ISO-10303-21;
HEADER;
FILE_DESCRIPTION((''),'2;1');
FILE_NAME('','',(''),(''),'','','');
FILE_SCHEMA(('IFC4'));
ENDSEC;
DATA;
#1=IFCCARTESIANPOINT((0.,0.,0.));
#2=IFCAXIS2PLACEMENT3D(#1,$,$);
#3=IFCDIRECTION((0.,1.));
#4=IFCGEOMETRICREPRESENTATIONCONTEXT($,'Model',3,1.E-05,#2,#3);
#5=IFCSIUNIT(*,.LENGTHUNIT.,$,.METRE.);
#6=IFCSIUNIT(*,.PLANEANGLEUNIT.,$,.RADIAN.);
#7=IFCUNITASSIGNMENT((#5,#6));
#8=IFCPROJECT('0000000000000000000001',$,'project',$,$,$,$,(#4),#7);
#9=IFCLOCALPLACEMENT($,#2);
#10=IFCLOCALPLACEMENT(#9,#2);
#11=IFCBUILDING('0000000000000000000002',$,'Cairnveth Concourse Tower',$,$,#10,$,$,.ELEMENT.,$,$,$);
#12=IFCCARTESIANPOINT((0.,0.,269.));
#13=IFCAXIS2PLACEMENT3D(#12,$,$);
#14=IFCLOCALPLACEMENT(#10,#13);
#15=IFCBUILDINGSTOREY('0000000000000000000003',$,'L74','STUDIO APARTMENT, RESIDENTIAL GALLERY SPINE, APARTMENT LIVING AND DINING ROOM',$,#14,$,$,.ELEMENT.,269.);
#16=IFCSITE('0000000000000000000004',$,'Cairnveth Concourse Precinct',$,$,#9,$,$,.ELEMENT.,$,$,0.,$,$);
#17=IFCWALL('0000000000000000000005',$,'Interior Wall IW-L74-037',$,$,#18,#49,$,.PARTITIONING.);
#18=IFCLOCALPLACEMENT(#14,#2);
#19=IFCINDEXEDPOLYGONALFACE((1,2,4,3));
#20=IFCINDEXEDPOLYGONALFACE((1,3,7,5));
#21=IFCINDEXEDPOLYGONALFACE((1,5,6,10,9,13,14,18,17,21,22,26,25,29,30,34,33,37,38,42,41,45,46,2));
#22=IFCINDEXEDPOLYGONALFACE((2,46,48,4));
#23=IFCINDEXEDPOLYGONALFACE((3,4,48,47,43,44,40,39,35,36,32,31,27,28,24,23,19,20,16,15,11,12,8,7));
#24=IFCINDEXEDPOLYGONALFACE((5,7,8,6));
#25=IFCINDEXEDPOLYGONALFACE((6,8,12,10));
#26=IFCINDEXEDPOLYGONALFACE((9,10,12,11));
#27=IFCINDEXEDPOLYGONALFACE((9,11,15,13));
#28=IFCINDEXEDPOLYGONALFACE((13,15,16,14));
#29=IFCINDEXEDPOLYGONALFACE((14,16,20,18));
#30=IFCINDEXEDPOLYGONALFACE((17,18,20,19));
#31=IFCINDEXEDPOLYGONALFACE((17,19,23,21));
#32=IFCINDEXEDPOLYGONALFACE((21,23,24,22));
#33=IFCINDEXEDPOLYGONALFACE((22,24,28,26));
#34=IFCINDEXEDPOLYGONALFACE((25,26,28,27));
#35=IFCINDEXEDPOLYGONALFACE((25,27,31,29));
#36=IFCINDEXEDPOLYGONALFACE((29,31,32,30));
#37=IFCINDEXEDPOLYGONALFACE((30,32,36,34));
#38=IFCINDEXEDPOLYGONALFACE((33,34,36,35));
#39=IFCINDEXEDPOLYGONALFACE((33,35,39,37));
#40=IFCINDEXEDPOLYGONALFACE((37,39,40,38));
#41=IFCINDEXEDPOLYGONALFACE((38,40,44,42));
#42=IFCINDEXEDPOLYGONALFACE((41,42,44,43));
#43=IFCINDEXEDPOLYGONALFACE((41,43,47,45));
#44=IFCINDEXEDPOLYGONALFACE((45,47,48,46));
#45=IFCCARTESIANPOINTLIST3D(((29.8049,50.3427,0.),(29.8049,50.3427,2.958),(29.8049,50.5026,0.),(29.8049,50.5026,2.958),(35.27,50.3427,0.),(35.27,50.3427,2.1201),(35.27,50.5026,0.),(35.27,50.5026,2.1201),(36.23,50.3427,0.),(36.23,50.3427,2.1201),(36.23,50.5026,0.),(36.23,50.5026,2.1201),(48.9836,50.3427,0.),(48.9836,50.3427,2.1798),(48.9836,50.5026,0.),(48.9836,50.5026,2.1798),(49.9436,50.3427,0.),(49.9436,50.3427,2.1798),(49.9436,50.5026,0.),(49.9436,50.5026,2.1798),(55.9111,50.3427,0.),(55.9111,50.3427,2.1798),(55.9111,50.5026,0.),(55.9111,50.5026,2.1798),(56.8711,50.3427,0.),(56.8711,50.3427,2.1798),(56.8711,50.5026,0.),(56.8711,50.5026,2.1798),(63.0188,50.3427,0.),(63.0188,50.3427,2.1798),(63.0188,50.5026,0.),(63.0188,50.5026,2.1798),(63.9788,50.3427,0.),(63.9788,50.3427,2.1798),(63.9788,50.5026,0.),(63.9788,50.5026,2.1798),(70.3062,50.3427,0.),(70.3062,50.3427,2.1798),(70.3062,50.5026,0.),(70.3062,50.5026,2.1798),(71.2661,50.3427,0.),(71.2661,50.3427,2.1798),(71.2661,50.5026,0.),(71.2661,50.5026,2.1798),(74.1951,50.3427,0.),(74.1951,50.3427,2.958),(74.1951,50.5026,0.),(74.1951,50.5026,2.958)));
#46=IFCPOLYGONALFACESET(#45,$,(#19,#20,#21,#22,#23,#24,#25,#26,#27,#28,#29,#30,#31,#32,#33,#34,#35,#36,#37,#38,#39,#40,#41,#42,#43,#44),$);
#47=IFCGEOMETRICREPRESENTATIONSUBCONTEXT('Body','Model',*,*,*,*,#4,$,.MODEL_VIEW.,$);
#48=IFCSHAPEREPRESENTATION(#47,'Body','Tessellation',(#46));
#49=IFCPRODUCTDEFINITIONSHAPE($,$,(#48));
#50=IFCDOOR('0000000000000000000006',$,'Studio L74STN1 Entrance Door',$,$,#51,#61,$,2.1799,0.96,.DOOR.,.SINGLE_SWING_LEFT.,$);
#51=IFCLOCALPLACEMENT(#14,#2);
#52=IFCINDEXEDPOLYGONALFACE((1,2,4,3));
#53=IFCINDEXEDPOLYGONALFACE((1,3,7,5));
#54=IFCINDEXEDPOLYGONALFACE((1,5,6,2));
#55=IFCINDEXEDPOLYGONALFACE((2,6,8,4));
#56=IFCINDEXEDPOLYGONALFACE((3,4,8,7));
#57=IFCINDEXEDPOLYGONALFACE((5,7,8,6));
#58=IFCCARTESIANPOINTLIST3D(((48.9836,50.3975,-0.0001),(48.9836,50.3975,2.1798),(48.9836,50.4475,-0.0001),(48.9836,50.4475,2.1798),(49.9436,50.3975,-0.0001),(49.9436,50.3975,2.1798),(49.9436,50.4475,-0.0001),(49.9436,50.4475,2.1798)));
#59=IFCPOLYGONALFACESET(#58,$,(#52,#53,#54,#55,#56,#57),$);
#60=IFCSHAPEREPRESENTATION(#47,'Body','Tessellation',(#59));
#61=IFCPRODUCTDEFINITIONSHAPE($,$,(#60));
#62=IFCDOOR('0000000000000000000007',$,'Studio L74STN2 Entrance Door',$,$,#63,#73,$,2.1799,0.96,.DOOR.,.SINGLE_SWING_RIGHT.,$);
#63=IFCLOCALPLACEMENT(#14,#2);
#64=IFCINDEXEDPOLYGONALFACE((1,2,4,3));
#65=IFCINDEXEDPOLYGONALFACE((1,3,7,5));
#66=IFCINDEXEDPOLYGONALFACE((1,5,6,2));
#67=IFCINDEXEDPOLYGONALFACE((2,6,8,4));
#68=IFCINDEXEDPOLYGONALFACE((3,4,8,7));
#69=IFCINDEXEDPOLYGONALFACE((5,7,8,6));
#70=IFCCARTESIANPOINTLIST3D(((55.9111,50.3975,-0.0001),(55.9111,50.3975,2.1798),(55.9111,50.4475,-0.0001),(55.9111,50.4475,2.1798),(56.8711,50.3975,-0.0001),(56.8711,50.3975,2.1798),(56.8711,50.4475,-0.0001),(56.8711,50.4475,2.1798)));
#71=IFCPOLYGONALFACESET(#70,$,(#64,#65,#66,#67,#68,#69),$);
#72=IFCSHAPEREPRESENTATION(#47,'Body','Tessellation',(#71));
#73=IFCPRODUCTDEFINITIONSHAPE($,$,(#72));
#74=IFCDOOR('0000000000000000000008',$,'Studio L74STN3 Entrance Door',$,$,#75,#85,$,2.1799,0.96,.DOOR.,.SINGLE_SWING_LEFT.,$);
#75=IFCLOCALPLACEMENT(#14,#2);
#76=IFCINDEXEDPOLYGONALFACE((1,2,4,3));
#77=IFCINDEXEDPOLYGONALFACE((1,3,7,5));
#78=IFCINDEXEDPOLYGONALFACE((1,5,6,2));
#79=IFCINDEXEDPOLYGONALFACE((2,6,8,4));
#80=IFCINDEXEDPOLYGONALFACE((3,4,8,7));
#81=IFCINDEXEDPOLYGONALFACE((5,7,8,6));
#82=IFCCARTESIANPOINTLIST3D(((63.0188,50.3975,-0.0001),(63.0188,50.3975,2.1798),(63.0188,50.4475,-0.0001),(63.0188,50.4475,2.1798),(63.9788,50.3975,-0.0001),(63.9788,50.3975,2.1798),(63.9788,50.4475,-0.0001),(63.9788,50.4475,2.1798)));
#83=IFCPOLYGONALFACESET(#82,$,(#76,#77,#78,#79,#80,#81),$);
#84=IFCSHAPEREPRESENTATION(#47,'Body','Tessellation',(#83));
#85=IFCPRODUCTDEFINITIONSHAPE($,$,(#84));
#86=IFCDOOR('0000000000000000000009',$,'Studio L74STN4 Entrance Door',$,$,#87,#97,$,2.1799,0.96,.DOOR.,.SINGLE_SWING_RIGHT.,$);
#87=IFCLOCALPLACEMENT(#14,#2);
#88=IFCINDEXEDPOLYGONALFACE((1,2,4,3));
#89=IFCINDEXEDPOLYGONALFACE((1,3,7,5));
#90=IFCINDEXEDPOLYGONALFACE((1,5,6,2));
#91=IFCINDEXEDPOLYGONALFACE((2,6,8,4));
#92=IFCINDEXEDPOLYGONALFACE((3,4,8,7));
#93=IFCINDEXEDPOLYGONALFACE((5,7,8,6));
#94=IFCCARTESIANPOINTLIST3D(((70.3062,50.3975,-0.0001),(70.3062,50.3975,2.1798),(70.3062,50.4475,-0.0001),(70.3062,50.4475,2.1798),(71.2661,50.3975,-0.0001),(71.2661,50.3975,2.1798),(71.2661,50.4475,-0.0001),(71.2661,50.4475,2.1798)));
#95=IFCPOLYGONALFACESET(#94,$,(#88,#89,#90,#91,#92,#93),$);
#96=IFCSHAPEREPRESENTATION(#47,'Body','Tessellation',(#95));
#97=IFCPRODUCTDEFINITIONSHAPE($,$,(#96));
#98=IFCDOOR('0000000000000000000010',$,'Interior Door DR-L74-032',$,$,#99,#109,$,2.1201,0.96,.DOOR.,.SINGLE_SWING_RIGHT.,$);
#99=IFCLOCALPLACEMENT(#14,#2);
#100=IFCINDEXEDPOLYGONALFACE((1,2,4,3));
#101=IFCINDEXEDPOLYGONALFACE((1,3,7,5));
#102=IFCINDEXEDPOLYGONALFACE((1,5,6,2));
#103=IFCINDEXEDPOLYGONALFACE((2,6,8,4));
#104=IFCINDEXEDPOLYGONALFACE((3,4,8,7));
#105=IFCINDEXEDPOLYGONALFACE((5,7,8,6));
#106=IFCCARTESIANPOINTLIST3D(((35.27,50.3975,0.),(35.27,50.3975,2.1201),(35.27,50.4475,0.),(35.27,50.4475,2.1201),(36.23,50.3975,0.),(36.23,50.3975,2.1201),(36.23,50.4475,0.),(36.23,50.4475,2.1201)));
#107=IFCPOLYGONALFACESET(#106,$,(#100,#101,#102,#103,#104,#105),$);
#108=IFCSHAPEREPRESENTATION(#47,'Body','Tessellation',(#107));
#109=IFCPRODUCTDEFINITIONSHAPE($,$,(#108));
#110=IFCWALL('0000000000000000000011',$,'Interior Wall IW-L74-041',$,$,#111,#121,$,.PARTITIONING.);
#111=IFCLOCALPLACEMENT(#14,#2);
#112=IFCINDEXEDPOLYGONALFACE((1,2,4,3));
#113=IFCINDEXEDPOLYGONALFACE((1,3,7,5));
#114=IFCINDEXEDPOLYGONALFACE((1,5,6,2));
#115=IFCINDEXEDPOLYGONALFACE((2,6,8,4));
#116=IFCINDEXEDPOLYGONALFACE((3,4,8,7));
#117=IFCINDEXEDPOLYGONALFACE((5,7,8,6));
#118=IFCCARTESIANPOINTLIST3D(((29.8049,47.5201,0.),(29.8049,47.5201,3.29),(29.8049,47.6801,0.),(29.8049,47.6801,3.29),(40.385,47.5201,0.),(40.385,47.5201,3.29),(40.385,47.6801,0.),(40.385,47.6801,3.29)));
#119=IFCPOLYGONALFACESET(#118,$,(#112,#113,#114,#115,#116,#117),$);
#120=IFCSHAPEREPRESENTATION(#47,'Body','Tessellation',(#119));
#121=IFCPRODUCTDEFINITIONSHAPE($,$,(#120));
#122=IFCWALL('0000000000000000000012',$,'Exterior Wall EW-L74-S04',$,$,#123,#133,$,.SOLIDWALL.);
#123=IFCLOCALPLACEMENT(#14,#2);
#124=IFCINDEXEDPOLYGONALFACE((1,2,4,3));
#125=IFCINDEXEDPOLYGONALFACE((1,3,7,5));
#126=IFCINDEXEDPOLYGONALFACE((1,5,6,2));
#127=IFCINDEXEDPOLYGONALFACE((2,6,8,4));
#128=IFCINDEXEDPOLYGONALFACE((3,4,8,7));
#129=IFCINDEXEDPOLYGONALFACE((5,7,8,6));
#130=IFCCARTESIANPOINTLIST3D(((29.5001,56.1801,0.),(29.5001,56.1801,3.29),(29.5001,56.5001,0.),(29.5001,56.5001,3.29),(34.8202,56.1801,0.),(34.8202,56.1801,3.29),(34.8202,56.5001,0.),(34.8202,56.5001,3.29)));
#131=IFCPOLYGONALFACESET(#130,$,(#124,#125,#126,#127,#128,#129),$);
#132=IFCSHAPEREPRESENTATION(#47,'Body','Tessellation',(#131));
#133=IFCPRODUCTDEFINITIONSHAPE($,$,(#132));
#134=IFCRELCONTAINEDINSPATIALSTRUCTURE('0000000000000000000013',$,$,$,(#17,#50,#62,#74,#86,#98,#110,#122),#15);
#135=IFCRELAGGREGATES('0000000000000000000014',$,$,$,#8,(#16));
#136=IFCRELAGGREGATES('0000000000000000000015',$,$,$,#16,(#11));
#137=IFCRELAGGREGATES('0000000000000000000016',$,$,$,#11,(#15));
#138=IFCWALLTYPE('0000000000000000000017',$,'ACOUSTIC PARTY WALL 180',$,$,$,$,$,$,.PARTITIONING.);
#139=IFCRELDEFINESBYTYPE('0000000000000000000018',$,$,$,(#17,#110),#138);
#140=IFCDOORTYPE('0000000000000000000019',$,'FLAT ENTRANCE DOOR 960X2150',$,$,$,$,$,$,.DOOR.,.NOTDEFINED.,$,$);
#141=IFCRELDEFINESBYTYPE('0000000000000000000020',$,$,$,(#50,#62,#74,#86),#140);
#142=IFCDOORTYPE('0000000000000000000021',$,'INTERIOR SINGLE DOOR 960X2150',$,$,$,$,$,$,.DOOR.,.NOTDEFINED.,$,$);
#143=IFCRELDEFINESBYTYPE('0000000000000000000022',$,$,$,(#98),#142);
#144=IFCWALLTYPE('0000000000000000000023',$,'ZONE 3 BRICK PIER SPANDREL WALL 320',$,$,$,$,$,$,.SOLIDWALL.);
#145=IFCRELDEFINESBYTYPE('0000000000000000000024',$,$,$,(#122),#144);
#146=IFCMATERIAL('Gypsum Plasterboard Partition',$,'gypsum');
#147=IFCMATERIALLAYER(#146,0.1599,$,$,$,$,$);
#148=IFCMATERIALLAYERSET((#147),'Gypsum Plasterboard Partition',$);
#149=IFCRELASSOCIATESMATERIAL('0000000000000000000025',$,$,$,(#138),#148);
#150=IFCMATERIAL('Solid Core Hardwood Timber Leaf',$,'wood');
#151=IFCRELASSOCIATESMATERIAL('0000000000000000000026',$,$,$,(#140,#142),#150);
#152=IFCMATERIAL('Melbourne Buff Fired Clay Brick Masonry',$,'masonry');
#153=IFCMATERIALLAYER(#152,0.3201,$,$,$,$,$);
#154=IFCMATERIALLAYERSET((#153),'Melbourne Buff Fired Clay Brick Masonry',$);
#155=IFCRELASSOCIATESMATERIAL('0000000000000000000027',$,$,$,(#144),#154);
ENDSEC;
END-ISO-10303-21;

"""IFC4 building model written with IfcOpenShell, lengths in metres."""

from ifc_helpers import new_model, si_unit, direction, frame, frame_2d, origin, place, context, subcontext, project, spatial, rectangle, extrude, material, layer, layer_set, type_object, element, fill, save


model = new_model("IFC4")

# Units and contexts
model_context = context("Model", 3, precision=1e-05, world=origin(), true_north=direction((0.0, 1.0)))
body_context = subcontext(model_context, "Body", "Model", "MODEL_VIEW")
ifc_project = project(units=[si_unit("LENGTHUNIT", "METRE"), si_unit("PLANEANGLEUNIT", "RADIAN")], contexts=[model_context])

# Site, building, storey
site_placement = place(None, origin())
site = spatial("IfcSite", under=ifc_project, at=site_placement, Name="Cairnveth Concourse Precinct", CompositionType="ELEMENT", RefElevation=0.0)
building_placement = place(site_placement, origin())
building = spatial("IfcBuilding", under=site, at=building_placement, Name="Cairnveth Concourse Tower", CompositionType="ELEMENT")
storey_placement = place(building_placement, frame((0.0, 0.0, 269.0)))
storey = spatial("IfcBuildingStorey", under=building, at=storey_placement, Name="L74", Description="STUDIO APARTMENT, RESIDENTIAL GALLERY SPINE, APARTMENT LIVING AND DINING ROOM", CompositionType="ELEMENT", Elevation=269.0)

# Wall, openings, doors
ifc_material_1 = material(Name="Gypsum Plasterboard Partition", Category="gypsum")
ifc_layer_1 = layer(ifc_material_1, 0.1599)
ifc_layer_set_1 = layer_set([ifc_layer_1], Name="Gypsum Plasterboard Partition")
wall_type_1 = type_object("IfcWallType", Name="ACOUSTIC PARTY WALL 180", PredefinedType="PARTITIONING", material=ifc_layer_set_1)
wall_1_placement = place(storey_placement, frame((29.8049, 50.4226, 0.0), z_axis=(0.0, 0.0, 1.0), x_axis=(1.0, 0.0, 0.0)))
wall_1 = element("IfcWall", 1, at=wall_1_placement, inside=storey, type_object=wall_type_1, Name="Interior Wall IW-L74-037", PredefinedType="PARTITIONING", context=body_context, shape_type="SweptSolid", body=[
    extrude(rectangle(XDim=44.3901, YDim=0.1599, at=frame_2d((22.1951, 0.0))), origin(), (0.0, 0.0, 1.0), 2.958),
])
opening_1_placement = place(wall_1_placement, frame((5.4651, 0.0, 0.0)))
opening_1 = element("IfcOpeningElement", 2, at=opening_1_placement, cuts=wall_1, PredefinedType="OPENING", context=body_context, shape_type="SweptSolid", body=[
    extrude(rectangle(XDim=0.96, YDim=2.1201, at=frame_2d((0.48, 1.0601))), frame((0.0, 0.0898, 0.0), z_axis=(0.0, -1.0, 0.0), x_axis=(1.0, 0.0, 0.0)), (0.0, 0.0, 1.0), 0.1799),
])
opening_2_placement = place(wall_1_placement, frame((19.1787, 0.0, 0.0)))
opening_2 = element("IfcOpeningElement", 3, at=opening_2_placement, cuts=wall_1, PredefinedType="OPENING", context=body_context, shape_type="SweptSolid", body=[
    extrude(rectangle(XDim=0.96, YDim=2.1799, at=frame_2d((0.48, 1.0898))), frame((0.0, 0.0898, 0.0), z_axis=(0.0, -1.0, 0.0), x_axis=(1.0, 0.0, 0.0)), (0.0, 0.0, 1.0), 0.1799),
])
opening_3_placement = place(wall_1_placement, frame((26.1062, 0.0, 0.0)))
opening_3 = element("IfcOpeningElement", 4, at=opening_3_placement, cuts=wall_1, PredefinedType="OPENING", context=body_context, shape_type="SweptSolid", body=[
    extrude(rectangle(XDim=0.96, YDim=2.1799, at=frame_2d((0.48, 1.0898))), frame((0.0, 0.0898, 0.0), z_axis=(0.0, -1.0, 0.0), x_axis=(1.0, 0.0, 0.0)), (0.0, 0.0, 1.0), 0.1799),
])
opening_4_placement = place(wall_1_placement, frame((33.2139, 0.0, 0.0)))
opening_4 = element("IfcOpeningElement", 5, at=opening_4_placement, cuts=wall_1, PredefinedType="OPENING", context=body_context, shape_type="SweptSolid", body=[
    extrude(rectangle(XDim=0.96, YDim=2.1799, at=frame_2d((0.48, 1.0898))), frame((0.0, 0.0898, 0.0), z_axis=(0.0, -1.0, 0.0), x_axis=(1.0, 0.0, 0.0)), (0.0, 0.0, 1.0), 0.1799),
])
opening_5_placement = place(wall_1_placement, frame((40.5012, 0.0, 0.0)))
opening_5 = element("IfcOpeningElement", 6, at=opening_5_placement, cuts=wall_1, PredefinedType="OPENING", context=body_context, shape_type="SweptSolid", body=[
    extrude(rectangle(XDim=0.96, YDim=2.1799, at=frame_2d((0.48, 1.0898))), frame((0.0, 0.0898, 0.0), z_axis=(0.0, -1.0, 0.0), x_axis=(1.0, 0.0, 0.0)), (0.0, 0.0, 1.0), 0.1799),
])
ifc_material_2 = material(Name="Solid Core Hardwood Timber Leaf", Category="wood")
door_type_1 = type_object("IfcDoorType", Name="FLAT ENTRANCE DOOR 960X2150", OperationType="NOTDEFINED", PredefinedType="DOOR", material=ifc_material_2)
door_1_placement = place(opening_2_placement, origin())
door_1 = element("IfcDoor", 7, at=door_1_placement, inside=storey, type_object=door_type_1, Name="Studio L74STN1 Entrance Door", OperationType="SINGLE_SWING_LEFT", OverallHeight=2.1799, OverallWidth=0.96, PredefinedType="DOOR", context=body_context, shape_type="SweptSolid", body=[
    extrude(rectangle(XDim=0.96, YDim=2.1799, at=frame_2d((0.48, 1.0898))), frame((0.0, 0.0249, 0.0), z_axis=(0.0, -1.0, 0.0), x_axis=(1.0, 0.0, 0.0)), (0.0, 0.0, 1.0), 0.05),
])
fill(opening_2, door_1)
door_2_placement = place(opening_3_placement, origin())
door_2 = element("IfcDoor", 8, at=door_2_placement, inside=storey, type_object=door_type_1, Name="Studio L74STN2 Entrance Door", OperationType="SINGLE_SWING_RIGHT", OverallHeight=2.1799, OverallWidth=0.96, PredefinedType="DOOR", context=body_context, shape_type="SweptSolid", body=[
    extrude(rectangle(XDim=0.96, YDim=2.1799, at=frame_2d((0.48, 1.0898))), frame((0.0, 0.0249, 0.0), z_axis=(0.0, -1.0, 0.0), x_axis=(1.0, 0.0, 0.0)), (0.0, 0.0, 1.0), 0.05),
])
fill(opening_3, door_2)
door_3_placement = place(opening_4_placement, origin())
door_3 = element("IfcDoor", 9, at=door_3_placement, inside=storey, type_object=door_type_1, Name="Studio L74STN3 Entrance Door", OperationType="SINGLE_SWING_LEFT", OverallHeight=2.1799, OverallWidth=0.96, PredefinedType="DOOR", context=body_context, shape_type="SweptSolid", body=[
    extrude(rectangle(XDim=0.96, YDim=2.1799, at=frame_2d((0.48, 1.0898))), frame((0.0, 0.0249, 0.0), z_axis=(0.0, -1.0, 0.0), x_axis=(1.0, 0.0, 0.0)), (0.0, 0.0, 1.0), 0.05),
])
fill(opening_4, door_3)
door_4_placement = place(opening_5_placement, origin())
door_4 = element("IfcDoor", 10, at=door_4_placement, inside=storey, type_object=door_type_1, Name="Studio L74STN4 Entrance Door", OperationType="SINGLE_SWING_RIGHT", OverallHeight=2.1799, OverallWidth=0.96, PredefinedType="DOOR", context=body_context, shape_type="SweptSolid", body=[
    extrude(rectangle(XDim=0.96, YDim=2.1799, at=frame_2d((0.48, 1.0898))), frame((0.0, 0.0249, 0.0), z_axis=(0.0, -1.0, 0.0), x_axis=(1.0, 0.0, 0.0)), (0.0, 0.0, 1.0), 0.05),
])
fill(opening_5, door_4)
door_type_2 = type_object("IfcDoorType", Name="INTERIOR SINGLE DOOR 960X2150", OperationType="NOTDEFINED", PredefinedType="DOOR", material=ifc_material_2)
door_5_placement = place(opening_1_placement, origin())
door_5 = element("IfcDoor", 11, at=door_5_placement, inside=storey, type_object=door_type_2, Name="Interior Door DR-L74-032", OperationType="SINGLE_SWING_RIGHT", OverallHeight=2.1201, OverallWidth=0.96, PredefinedType="DOOR", context=body_context, shape_type="SweptSolid", body=[
    extrude(rectangle(XDim=0.96, YDim=2.1201, at=frame_2d((0.48, 1.0601))), frame((0.0, 0.0249, 0.0), z_axis=(0.0, -1.0, 0.0), x_axis=(1.0, 0.0, 0.0)), (0.0, 0.0, 1.0), 0.05),
])
fill(opening_1, door_5)

# Walls
wall_2_placement = place(storey_placement, frame((29.8049, 47.6001, 0.0), z_axis=(0.0, 0.0, 1.0), x_axis=(1.0, 0.0, 0.0)))
element("IfcWall", 12, at=wall_2_placement, inside=storey, type_object=wall_type_1, Name="Interior Wall IW-L74-041", PredefinedType="PARTITIONING", context=body_context, shape_type="SweptSolid", body=[
    extrude(rectangle(XDim=10.5801, YDim=0.1599, at=frame_2d((5.29, 0.0))), origin(), (0.0, 0.0, 1.0), 3.29),
])
ifc_material_3 = material(Name="Melbourne Buff Fired Clay Brick Masonry", Category="masonry")
ifc_layer_2 = layer(ifc_material_3, 0.3201)
ifc_layer_set_2 = layer_set([ifc_layer_2], Name="Melbourne Buff Fired Clay Brick Masonry")
wall_type_2 = type_object("IfcWallType", Name="ZONE 3 BRICK PIER SPANDREL WALL 320", PredefinedType="SOLIDWALL", material=ifc_layer_set_2)
wall_3_placement = place(storey_placement, frame((29.5, 56.3401, 0.0), z_axis=(0.0, 0.0, 1.0), x_axis=(1.0, 0.0, 0.0)))
element("IfcWall", 13, at=wall_3_placement, inside=storey, type_object=wall_type_2, Name="Exterior Wall EW-L74-S04", PredefinedType="SOLIDWALL", context=body_context, shape_type="SweptSolid", body=[
    extrude(rectangle(XDim=5.3201, YDim=0.3201, at=frame_2d((2.6602, 0.0))), origin(), (0.0, 0.0, 1.0), 3.29),
])

save(model, "model.ifc")
